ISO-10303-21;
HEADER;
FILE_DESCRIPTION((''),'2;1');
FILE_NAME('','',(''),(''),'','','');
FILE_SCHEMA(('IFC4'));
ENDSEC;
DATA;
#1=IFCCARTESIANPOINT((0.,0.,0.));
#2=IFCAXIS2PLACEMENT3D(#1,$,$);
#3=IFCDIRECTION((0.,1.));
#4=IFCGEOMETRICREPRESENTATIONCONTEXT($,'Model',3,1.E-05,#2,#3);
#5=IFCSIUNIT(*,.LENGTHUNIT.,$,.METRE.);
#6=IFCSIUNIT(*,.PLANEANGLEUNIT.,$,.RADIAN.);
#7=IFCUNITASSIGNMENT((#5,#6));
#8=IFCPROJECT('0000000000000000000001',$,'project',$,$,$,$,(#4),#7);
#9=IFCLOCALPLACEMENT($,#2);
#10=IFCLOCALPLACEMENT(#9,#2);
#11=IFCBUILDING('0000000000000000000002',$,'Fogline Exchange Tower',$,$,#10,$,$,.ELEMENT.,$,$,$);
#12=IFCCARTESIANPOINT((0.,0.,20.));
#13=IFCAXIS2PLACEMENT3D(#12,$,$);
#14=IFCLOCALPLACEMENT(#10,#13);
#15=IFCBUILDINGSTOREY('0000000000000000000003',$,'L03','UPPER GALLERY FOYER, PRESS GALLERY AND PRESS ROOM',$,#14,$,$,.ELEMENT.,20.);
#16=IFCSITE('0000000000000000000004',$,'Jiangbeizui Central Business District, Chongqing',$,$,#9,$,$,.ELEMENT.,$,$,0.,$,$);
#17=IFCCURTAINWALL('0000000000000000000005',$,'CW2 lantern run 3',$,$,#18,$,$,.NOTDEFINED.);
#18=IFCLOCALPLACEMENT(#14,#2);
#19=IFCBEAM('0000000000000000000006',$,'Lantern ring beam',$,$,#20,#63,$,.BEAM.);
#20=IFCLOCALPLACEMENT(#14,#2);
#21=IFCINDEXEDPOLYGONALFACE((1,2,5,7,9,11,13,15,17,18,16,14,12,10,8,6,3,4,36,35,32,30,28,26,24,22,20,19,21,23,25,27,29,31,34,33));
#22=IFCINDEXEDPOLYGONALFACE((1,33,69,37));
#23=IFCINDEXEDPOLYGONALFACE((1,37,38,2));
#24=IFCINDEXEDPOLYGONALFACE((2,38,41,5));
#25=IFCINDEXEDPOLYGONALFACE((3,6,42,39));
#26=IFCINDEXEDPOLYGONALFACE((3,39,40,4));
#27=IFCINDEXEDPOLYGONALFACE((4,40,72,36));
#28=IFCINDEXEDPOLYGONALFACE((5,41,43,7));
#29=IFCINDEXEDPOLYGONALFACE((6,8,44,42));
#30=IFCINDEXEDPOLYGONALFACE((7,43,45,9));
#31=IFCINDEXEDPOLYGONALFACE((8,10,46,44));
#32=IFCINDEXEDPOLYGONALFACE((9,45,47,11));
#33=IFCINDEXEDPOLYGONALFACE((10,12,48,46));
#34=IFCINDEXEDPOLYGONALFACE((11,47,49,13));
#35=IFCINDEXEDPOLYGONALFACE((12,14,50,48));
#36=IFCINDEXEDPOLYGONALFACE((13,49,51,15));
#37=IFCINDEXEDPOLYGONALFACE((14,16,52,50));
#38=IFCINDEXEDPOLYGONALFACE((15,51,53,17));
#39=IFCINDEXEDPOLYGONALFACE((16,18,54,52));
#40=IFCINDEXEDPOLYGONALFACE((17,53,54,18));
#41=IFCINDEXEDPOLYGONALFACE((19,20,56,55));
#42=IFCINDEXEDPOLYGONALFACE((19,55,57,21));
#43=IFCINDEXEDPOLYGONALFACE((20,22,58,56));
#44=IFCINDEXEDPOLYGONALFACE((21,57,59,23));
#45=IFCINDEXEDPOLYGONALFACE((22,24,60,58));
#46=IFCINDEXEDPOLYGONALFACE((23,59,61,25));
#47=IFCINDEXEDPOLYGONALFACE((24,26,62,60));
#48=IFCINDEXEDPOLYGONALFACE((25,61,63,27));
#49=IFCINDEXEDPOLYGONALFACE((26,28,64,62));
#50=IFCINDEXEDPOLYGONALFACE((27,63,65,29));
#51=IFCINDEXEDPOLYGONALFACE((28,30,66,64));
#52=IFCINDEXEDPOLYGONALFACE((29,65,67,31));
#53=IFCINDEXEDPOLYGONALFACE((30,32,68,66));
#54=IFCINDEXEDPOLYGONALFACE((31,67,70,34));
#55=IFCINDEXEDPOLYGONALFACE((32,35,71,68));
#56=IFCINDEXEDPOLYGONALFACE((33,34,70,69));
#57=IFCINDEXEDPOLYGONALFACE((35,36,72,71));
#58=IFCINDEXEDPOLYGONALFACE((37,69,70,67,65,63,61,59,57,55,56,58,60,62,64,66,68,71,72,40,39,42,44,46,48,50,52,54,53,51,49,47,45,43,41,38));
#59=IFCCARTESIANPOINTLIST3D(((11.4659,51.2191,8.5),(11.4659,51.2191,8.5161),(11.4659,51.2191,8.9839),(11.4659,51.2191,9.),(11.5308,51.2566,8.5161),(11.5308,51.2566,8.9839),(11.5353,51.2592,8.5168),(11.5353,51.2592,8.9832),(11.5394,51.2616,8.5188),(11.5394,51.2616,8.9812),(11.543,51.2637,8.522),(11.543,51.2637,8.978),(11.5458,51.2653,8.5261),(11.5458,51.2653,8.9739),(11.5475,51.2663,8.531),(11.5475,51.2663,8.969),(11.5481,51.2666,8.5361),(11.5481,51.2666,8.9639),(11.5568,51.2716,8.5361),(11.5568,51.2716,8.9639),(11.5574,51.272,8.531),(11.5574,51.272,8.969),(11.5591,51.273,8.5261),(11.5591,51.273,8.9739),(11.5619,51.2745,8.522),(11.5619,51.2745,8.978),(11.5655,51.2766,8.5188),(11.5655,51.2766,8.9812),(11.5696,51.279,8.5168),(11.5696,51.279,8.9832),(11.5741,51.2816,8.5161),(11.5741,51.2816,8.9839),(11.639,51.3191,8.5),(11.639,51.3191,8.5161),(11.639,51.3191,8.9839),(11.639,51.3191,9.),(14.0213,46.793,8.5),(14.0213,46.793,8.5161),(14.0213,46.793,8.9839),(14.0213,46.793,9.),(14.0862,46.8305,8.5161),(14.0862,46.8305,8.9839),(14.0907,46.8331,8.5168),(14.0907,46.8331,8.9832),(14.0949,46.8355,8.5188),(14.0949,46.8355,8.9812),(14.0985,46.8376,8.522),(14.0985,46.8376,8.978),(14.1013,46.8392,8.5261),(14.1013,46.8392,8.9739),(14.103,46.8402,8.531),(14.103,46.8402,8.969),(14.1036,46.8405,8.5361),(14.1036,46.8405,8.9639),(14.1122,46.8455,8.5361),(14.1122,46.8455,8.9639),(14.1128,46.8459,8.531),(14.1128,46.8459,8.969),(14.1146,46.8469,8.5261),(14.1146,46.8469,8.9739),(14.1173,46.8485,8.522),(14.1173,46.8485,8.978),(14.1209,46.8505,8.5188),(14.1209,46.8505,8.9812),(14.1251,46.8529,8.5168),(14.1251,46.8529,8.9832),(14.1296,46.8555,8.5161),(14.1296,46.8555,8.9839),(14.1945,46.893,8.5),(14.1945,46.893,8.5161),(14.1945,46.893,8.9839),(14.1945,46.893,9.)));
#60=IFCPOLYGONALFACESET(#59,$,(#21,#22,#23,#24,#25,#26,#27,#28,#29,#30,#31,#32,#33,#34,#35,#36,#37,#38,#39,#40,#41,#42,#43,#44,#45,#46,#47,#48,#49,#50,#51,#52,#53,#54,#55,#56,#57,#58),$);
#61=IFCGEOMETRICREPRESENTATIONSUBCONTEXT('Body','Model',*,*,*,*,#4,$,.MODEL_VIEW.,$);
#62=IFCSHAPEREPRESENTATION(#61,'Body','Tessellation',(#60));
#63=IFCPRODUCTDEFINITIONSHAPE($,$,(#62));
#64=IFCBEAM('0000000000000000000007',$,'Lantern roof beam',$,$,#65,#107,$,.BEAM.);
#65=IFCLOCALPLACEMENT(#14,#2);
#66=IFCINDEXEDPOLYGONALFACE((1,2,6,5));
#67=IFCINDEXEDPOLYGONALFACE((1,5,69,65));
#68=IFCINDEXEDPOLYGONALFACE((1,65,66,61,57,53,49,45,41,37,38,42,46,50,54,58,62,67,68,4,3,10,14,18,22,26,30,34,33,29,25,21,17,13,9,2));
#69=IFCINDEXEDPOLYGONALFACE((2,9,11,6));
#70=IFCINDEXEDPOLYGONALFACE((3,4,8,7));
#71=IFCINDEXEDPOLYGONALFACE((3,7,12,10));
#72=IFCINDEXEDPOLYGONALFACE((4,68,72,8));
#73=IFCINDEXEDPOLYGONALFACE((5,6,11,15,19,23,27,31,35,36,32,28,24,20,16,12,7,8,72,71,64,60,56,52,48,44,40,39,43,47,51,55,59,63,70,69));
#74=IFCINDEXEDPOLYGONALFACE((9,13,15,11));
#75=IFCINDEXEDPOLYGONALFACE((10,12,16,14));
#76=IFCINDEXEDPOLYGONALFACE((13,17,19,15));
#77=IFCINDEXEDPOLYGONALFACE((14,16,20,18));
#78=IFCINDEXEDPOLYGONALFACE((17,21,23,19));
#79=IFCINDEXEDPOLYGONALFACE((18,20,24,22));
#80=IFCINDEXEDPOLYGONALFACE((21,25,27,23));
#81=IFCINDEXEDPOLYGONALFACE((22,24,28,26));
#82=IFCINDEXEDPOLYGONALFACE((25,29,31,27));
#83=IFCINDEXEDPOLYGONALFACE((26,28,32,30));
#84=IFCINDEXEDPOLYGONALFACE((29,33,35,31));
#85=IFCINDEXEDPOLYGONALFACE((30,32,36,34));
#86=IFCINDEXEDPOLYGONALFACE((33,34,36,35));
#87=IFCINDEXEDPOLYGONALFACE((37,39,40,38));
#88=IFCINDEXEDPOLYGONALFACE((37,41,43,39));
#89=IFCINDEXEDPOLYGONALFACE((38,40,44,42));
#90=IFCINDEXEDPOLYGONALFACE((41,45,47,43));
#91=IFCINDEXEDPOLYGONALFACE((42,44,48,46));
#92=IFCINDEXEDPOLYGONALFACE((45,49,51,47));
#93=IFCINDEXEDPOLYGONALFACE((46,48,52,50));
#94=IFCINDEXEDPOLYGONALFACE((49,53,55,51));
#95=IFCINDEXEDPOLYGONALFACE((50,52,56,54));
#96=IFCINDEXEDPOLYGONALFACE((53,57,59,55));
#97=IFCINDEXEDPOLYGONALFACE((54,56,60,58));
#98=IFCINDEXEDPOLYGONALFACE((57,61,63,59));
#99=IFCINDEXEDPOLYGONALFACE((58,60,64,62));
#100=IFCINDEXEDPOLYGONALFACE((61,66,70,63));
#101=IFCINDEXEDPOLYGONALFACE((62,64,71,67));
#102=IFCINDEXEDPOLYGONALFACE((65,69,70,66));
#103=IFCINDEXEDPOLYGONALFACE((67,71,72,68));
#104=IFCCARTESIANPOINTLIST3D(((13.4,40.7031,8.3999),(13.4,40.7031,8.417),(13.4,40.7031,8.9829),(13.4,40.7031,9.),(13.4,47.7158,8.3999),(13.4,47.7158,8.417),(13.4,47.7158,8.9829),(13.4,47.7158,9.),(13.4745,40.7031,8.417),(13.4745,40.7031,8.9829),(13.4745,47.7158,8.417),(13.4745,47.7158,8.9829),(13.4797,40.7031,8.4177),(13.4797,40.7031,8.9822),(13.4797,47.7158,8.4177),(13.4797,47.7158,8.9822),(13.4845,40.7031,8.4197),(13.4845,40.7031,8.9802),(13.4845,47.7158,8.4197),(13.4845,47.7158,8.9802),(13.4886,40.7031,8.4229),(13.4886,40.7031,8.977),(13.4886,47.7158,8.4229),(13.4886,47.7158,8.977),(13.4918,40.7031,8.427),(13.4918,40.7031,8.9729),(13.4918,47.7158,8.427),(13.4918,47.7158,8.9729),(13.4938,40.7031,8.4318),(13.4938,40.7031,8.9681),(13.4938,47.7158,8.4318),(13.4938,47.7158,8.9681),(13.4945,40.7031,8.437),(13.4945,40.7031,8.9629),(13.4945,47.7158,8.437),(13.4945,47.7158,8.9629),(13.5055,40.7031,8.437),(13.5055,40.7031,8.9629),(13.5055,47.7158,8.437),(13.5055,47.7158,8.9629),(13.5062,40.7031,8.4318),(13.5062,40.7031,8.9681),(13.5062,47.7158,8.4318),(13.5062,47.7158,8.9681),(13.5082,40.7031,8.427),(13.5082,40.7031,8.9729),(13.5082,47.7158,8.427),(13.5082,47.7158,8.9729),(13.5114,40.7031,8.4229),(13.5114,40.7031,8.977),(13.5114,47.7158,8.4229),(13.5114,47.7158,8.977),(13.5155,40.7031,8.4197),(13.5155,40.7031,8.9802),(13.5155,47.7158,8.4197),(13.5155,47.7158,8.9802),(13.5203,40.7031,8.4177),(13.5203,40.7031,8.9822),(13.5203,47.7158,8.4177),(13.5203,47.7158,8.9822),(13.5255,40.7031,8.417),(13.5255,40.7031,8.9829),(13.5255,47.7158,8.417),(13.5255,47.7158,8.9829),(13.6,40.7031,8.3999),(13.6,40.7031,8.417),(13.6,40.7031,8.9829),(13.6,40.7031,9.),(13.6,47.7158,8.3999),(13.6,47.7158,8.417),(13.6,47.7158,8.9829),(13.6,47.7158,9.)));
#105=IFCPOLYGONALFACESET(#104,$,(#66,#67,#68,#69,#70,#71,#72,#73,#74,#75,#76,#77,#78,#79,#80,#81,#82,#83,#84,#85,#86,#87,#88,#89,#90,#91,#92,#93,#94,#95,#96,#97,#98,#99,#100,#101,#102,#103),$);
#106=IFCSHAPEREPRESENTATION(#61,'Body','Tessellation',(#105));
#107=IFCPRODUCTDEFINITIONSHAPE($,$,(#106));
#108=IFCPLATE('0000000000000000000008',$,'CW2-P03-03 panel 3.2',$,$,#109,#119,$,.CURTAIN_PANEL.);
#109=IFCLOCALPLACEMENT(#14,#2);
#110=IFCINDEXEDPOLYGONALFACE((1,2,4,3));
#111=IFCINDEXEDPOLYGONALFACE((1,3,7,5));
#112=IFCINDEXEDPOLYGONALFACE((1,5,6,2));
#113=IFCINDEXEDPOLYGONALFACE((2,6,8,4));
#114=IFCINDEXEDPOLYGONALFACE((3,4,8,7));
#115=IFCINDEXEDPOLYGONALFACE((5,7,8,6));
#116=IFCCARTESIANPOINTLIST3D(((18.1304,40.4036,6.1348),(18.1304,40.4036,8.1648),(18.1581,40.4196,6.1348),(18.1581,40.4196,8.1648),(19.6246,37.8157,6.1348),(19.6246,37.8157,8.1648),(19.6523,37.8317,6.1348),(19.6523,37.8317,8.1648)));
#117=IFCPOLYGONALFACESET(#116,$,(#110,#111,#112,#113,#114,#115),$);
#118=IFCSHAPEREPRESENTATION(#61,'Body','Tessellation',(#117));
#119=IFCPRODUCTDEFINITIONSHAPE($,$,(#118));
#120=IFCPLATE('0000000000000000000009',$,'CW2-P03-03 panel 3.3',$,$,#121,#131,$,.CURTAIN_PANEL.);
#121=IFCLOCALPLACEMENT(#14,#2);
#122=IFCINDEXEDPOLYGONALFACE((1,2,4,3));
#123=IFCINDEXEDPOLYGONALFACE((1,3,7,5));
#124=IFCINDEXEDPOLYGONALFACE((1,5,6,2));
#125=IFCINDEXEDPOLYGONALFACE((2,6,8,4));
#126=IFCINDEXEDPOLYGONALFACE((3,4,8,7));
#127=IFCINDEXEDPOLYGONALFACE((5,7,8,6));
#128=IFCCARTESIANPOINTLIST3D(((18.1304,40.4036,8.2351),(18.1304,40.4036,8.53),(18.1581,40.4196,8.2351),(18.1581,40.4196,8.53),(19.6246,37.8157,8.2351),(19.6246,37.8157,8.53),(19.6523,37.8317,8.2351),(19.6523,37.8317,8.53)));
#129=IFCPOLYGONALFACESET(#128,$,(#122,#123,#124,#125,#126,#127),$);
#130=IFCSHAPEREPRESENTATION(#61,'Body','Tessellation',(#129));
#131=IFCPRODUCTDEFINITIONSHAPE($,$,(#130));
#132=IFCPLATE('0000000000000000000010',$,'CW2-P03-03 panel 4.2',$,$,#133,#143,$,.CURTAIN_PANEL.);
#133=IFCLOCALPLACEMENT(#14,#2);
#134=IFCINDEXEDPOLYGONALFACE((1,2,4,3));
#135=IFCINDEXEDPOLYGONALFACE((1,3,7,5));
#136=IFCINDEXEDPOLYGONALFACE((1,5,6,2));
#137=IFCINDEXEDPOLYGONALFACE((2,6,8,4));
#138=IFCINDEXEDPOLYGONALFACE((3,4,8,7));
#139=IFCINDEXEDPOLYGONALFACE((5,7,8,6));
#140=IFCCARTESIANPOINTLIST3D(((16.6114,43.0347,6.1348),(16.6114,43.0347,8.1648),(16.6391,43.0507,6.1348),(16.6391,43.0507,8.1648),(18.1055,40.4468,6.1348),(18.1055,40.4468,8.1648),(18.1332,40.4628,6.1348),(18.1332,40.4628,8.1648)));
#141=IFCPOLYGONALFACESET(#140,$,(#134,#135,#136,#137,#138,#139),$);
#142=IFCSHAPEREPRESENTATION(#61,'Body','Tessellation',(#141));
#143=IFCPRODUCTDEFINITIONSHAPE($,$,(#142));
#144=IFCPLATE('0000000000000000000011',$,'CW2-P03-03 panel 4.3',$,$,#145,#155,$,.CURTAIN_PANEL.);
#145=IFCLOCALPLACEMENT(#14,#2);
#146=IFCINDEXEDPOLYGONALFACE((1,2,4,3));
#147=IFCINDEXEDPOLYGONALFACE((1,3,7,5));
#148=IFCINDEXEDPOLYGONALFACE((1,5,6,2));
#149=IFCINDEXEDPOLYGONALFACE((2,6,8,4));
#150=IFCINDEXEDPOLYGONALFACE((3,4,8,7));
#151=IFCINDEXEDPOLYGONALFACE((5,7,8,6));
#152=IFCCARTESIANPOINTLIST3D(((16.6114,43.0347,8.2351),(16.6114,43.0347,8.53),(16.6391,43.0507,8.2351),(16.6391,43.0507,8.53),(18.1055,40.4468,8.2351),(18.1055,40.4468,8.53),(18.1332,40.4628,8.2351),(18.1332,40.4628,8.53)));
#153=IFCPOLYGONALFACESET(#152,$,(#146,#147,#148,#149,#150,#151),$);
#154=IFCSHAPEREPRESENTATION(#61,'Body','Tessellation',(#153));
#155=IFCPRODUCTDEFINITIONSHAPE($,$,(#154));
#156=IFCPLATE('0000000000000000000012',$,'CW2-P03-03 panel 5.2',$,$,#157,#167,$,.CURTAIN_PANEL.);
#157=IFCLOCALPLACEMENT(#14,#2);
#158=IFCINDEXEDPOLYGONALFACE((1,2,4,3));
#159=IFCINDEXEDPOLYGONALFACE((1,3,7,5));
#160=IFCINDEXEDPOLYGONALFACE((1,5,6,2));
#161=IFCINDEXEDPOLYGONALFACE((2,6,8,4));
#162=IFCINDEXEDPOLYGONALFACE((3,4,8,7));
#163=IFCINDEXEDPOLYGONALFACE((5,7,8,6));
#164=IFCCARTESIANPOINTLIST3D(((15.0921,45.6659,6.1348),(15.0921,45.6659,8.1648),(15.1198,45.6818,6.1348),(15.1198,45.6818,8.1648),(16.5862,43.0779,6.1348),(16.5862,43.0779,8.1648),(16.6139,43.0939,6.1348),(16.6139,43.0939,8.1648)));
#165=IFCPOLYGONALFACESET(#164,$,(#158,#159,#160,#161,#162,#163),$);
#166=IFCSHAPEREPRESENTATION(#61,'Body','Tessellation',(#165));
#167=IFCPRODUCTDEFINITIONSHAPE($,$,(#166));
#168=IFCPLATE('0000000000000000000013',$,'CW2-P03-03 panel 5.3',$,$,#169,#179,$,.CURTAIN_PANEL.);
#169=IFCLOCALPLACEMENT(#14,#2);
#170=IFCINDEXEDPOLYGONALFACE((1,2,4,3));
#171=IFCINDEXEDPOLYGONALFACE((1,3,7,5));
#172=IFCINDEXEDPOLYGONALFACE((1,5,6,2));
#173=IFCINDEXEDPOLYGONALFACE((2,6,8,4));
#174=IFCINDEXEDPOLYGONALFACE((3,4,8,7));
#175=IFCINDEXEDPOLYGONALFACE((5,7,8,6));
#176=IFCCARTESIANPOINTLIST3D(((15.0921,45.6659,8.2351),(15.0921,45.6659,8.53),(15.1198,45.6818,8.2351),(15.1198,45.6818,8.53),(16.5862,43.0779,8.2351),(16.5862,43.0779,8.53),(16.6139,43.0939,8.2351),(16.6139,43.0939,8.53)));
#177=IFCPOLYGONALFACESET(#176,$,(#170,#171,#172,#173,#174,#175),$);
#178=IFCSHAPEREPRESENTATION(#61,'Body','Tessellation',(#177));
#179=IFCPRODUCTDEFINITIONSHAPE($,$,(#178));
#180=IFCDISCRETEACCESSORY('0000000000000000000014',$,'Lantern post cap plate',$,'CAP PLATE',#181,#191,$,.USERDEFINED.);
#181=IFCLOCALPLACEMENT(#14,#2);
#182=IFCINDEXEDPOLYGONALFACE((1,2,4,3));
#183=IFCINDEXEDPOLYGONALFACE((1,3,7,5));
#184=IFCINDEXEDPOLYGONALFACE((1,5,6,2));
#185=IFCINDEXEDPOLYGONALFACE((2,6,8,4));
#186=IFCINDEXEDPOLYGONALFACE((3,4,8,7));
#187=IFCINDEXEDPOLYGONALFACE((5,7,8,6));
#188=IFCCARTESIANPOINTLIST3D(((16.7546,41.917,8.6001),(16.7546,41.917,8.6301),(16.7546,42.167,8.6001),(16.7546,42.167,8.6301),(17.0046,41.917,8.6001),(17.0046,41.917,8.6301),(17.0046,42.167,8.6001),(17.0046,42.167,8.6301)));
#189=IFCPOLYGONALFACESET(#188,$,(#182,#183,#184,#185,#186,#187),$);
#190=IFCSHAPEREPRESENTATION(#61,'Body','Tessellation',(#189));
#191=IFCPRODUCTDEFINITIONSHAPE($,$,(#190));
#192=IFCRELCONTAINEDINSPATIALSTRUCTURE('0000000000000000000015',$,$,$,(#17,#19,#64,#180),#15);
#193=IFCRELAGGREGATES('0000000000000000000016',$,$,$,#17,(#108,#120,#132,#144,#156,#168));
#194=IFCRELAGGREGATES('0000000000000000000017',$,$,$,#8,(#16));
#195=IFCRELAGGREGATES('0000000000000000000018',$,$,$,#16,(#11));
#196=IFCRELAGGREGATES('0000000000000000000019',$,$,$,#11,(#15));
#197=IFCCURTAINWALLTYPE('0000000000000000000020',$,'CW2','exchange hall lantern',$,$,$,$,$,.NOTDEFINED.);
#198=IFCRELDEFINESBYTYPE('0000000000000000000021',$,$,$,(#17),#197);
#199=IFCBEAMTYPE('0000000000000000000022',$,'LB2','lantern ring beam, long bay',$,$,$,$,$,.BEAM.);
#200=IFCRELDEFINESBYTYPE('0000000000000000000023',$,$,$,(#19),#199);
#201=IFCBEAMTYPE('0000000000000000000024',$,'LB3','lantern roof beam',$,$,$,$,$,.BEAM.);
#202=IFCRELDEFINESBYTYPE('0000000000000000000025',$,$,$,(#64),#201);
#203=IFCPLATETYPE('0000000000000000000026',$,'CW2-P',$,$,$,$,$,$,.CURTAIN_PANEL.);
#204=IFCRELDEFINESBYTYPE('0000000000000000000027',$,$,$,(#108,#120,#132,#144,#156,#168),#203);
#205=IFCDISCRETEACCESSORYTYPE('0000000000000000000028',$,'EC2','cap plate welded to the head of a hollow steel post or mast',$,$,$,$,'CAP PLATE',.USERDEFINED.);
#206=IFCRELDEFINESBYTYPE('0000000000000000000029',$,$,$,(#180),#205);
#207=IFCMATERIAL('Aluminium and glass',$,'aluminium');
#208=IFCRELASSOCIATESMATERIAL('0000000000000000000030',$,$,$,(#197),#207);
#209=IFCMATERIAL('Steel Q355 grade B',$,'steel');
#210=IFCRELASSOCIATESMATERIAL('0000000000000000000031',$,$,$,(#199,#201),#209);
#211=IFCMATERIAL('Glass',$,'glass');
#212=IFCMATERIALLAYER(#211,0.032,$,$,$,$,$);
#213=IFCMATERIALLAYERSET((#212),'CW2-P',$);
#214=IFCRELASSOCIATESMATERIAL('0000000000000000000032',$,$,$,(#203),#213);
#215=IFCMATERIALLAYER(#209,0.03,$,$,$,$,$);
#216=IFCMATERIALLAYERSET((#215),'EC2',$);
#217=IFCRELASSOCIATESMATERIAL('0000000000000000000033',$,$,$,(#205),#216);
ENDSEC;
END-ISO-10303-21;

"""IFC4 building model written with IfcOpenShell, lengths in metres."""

from ifc_helpers import new_model, si_unit, direction, frame, origin, origin_2d, place, context, subcontext, project, spatial, rectangle, i_section, extrude, material, layer, layer_set, material_profile, profile_set, type_object, element, aggregate, save


model = new_model("IFC4")

# Units and contexts
model_context = context("Model", 3, precision=1e-05, world=origin(), true_north=direction((0.0, 1.0)))
body_context = subcontext(model_context, "Body", "Model", "MODEL_VIEW")
ifc_project = project(units=[si_unit("LENGTHUNIT", "METRE"), si_unit("PLANEANGLEUNIT", "RADIAN")], contexts=[model_context])

# Site, building, storey
site_placement = place(None, origin())
site = spatial("IfcSite", under=ifc_project, at=site_placement, Name="Jiangbeizui Central Business District, Chongqing", CompositionType="ELEMENT", RefElevation=0.0)
building_placement = place(site_placement, origin())
building = spatial("IfcBuilding", under=site, at=building_placement, Name="Fogline Exchange Tower", CompositionType="ELEMENT")
storey_placement = place(building_placement, frame((0.0, 0.0, 20.0)))
storey = spatial("IfcBuildingStorey", under=building, at=storey_placement, Name="L03", Description="UPPER GALLERY FOYER, PRESS GALLERY AND PRESS ROOM", CompositionType="ELEMENT", Elevation=20.0)

# Curtain wall
ifc_material_1 = material(Name="Aluminium and glass", Category="aluminium")
curtain_wall_type = type_object("IfcCurtainWallType", Name="CW2", Description="exchange hall lantern", PredefinedType="NOTDEFINED", material=ifc_material_1)
curtain_wall_placement = place(storey_placement, origin())
curtain_wall = element("IfcCurtainWall", 1, at=curtain_wall_placement, inside=storey, type_object=curtain_wall_type, Name="CW2 lantern run 3", PredefinedType="NOTDEFINED")

# Beams
ifc_material_2 = material(Name="Steel Q355 grade B", Category="steel")
ifc_material_profile_1 = material_profile(ifc_material_2, i_section(OverallWidth=0.2, OverallDepth=0.5, WebThickness=0.01, FlangeThickness=0.0161, FilletRadius=0.02, at=origin_2d()), Name="HN500X200X10X16")
ifc_profile_set_1 = profile_set([ifc_material_profile_1], Name="Steel Q355 grade B")
beam_type_1 = type_object("IfcBeamType", Name="LB2", Description="lantern ring beam, long bay", PredefinedType="BEAM", material=ifc_profile_set_1)
for number, where, z_axis, x_axis, name in (
    (2, (14.1079, 46.843, 8.75), (-0.500008, 0.866021, 0.0), (-0.866021, -0.500008, 0.0), "Lantern ring beam"),
):
    element("IfcBeam", number, at=place(storey_placement, frame(where, z_axis=z_axis, x_axis=x_axis)), inside=storey, type_object=beam_type_1, Name=name, PredefinedType="BEAM", context=body_context, shape_type="SweptSolid", body=[
        extrude(i_section(OverallWidth=0.2, OverallDepth=0.5, WebThickness=0.01, FlangeThickness=0.0161, FilletRadius=0.02, at=origin_2d()), origin(), (0.0, 0.0, 1.0), 5.1108),
    ])
ifc_material_profile_2 = material_profile(ifc_material_2, i_section(OverallWidth=0.2, OverallDepth=0.6001, WebThickness=0.011, FlangeThickness=0.0171, FilletRadius=0.02, at=origin_2d()), Name="HN600X200X11X17")
ifc_profile_set_2 = profile_set([ifc_material_profile_2], Name="Steel Q355 grade B")
beam_type_2 = type_object("IfcBeamType", Name="LB3", Description="lantern roof beam", PredefinedType="BEAM", material=ifc_profile_set_2)
beam_placement = place(storey_placement, frame((13.5, 40.7031, 8.7), z_axis=(0.0, 1.0, 0.0), x_axis=(-1.0, 0.0, 0.0)))
element("IfcBeam", 3, at=beam_placement, inside=storey, type_object=beam_type_2, Name="Lantern roof beam", PredefinedType="BEAM", context=body_context, shape_type="SweptSolid", body=[
    extrude(i_section(OverallWidth=0.2, OverallDepth=0.6001, WebThickness=0.011, FlangeThickness=0.0171, FilletRadius=0.02, at=origin_2d()), origin(), (0.0, 0.0, 1.0), 7.0127),
])

# Plates
ifc_material_3 = material(Name="Glass", Category="glass")
ifc_layer_1 = layer(ifc_material_3, 0.032)
ifc_layer_set_1 = layer_set([ifc_layer_1], Name="CW2-P")
plate_type = type_object("IfcPlateType", Name="CW2-P", PredefinedType="CURTAIN_PANEL", material=ifc_layer_set_1)
plate_1_placement = place(storey_placement, frame((18.8914, 39.1177, 6.1348), z_axis=(0.0, 0.0, 1.0), x_axis=(-0.5, 0.866025, 0.0)))
plate_1 = element("IfcPlate", 4, at=plate_1_placement, type_object=plate_type, Name="CW2-P03-03 panel 3.2", PredefinedType="CURTAIN_PANEL", context=body_context, shape_type="SweptSolid", body=[
    extrude(rectangle(XDim=2.9883, YDim=0.032, at=origin_2d()), origin(), (0.0, 0.0, 1.0), 2.03),
])
plate_2_placement = place(storey_placement, frame((18.8914, 39.1177, 8.2351), z_axis=(0.0, 0.0, 1.0), x_axis=(-0.5, 0.866025, 0.0)))
plate_2 = element("IfcPlate", 5, at=plate_2_placement, type_object=plate_type, Name="CW2-P03-03 panel 3.3", PredefinedType="CURTAIN_PANEL", context=body_context, shape_type="SweptSolid", body=[
    extrude(rectangle(XDim=2.9883, YDim=0.032, at=origin_2d()), origin(), (0.0, 0.0, 1.0), 0.2949),
])
plate_3_placement = place(storey_placement, frame((17.3723, 41.7488, 6.1348), z_axis=(0.0, 0.0, 1.0), x_axis=(-0.5, 0.866025, 0.0)))
plate_3 = element("IfcPlate", 6, at=plate_3_placement, type_object=plate_type, Name="CW2-P03-03 panel 4.2", PredefinedType="CURTAIN_PANEL", context=body_context, shape_type="SweptSolid", body=[
    extrude(rectangle(XDim=2.9883, YDim=0.032, at=origin_2d()), origin(), (0.0, 0.0, 1.0), 2.03),
])
plate_4_placement = place(storey_placement, frame((17.3723, 41.7488, 8.2351), z_axis=(0.0, 0.0, 1.0), x_axis=(-0.5, 0.866025, 0.0)))
plate_4 = element("IfcPlate", 7, at=plate_4_placement, type_object=plate_type, Name="CW2-P03-03 panel 4.3", PredefinedType="CURTAIN_PANEL", context=body_context, shape_type="SweptSolid", body=[
    extrude(rectangle(XDim=2.9883, YDim=0.032, at=origin_2d()), origin(), (0.0, 0.0, 1.0), 0.2949),
])
plate_5_placement = place(storey_placement, frame((15.853, 44.3799, 6.1348), z_axis=(0.0, 0.0, 1.0), x_axis=(-0.5, 0.866025, 0.0)))
plate_5 = element("IfcPlate", 8, at=plate_5_placement, type_object=plate_type, Name="CW2-P03-03 panel 5.2", PredefinedType="CURTAIN_PANEL", context=body_context, shape_type="SweptSolid", body=[
    extrude(rectangle(XDim=2.9883, YDim=0.032, at=origin_2d()), origin(), (0.0, 0.0, 1.0), 2.03),
])
plate_6_placement = place(storey_placement, frame((15.853, 44.3799, 8.2351), z_axis=(0.0, 0.0, 1.0), x_axis=(-0.5, 0.866025, 0.0)))
plate_6 = element("IfcPlate", 9, at=plate_6_placement, type_object=plate_type, Name="CW2-P03-03 panel 5.3", PredefinedType="CURTAIN_PANEL", context=body_context, shape_type="SweptSolid", body=[
    extrude(rectangle(XDim=2.9883, YDim=0.032, at=origin_2d()), origin(), (0.0, 0.0, 1.0), 0.2949),
])
aggregate(curtain_wall, [plate_1, plate_2, plate_3, plate_4, plate_5, plate_6])

# Discrete accessory
ifc_layer_2 = layer(ifc_material_2, 0.03)
ifc_layer_set_2 = layer_set([ifc_layer_2], Name="EC2")
discrete_accessory_type = type_object("IfcDiscreteAccessoryType", Name="EC2", Description="cap plate welded to the head of a hollow steel post or mast", ElementType="CAP PLATE", PredefinedType="USERDEFINED", material=ifc_layer_set_2)
for number, where, z_axis, x_axis, name in (
    (10, (16.8796, 42.042, 8.6001), (0.0, 0.0, 1.0), (1.0, 0.0, 0.0), "Lantern post cap plate"),
):
    element("IfcDiscreteAccessory", number, at=place(storey_placement, frame(where, z_axis=z_axis, x_axis=x_axis)), inside=storey, type_object=discrete_accessory_type, Name=name, ObjectType="CAP PLATE", PredefinedType="USERDEFINED", context=body_context, shape_type="SweptSolid", body=[
        extrude(rectangle(XDim=0.25, YDim=0.25, at=origin_2d()), origin(), (0.0, 0.0, 1.0), 0.03),
    ])

save(model, "model.ifc")
